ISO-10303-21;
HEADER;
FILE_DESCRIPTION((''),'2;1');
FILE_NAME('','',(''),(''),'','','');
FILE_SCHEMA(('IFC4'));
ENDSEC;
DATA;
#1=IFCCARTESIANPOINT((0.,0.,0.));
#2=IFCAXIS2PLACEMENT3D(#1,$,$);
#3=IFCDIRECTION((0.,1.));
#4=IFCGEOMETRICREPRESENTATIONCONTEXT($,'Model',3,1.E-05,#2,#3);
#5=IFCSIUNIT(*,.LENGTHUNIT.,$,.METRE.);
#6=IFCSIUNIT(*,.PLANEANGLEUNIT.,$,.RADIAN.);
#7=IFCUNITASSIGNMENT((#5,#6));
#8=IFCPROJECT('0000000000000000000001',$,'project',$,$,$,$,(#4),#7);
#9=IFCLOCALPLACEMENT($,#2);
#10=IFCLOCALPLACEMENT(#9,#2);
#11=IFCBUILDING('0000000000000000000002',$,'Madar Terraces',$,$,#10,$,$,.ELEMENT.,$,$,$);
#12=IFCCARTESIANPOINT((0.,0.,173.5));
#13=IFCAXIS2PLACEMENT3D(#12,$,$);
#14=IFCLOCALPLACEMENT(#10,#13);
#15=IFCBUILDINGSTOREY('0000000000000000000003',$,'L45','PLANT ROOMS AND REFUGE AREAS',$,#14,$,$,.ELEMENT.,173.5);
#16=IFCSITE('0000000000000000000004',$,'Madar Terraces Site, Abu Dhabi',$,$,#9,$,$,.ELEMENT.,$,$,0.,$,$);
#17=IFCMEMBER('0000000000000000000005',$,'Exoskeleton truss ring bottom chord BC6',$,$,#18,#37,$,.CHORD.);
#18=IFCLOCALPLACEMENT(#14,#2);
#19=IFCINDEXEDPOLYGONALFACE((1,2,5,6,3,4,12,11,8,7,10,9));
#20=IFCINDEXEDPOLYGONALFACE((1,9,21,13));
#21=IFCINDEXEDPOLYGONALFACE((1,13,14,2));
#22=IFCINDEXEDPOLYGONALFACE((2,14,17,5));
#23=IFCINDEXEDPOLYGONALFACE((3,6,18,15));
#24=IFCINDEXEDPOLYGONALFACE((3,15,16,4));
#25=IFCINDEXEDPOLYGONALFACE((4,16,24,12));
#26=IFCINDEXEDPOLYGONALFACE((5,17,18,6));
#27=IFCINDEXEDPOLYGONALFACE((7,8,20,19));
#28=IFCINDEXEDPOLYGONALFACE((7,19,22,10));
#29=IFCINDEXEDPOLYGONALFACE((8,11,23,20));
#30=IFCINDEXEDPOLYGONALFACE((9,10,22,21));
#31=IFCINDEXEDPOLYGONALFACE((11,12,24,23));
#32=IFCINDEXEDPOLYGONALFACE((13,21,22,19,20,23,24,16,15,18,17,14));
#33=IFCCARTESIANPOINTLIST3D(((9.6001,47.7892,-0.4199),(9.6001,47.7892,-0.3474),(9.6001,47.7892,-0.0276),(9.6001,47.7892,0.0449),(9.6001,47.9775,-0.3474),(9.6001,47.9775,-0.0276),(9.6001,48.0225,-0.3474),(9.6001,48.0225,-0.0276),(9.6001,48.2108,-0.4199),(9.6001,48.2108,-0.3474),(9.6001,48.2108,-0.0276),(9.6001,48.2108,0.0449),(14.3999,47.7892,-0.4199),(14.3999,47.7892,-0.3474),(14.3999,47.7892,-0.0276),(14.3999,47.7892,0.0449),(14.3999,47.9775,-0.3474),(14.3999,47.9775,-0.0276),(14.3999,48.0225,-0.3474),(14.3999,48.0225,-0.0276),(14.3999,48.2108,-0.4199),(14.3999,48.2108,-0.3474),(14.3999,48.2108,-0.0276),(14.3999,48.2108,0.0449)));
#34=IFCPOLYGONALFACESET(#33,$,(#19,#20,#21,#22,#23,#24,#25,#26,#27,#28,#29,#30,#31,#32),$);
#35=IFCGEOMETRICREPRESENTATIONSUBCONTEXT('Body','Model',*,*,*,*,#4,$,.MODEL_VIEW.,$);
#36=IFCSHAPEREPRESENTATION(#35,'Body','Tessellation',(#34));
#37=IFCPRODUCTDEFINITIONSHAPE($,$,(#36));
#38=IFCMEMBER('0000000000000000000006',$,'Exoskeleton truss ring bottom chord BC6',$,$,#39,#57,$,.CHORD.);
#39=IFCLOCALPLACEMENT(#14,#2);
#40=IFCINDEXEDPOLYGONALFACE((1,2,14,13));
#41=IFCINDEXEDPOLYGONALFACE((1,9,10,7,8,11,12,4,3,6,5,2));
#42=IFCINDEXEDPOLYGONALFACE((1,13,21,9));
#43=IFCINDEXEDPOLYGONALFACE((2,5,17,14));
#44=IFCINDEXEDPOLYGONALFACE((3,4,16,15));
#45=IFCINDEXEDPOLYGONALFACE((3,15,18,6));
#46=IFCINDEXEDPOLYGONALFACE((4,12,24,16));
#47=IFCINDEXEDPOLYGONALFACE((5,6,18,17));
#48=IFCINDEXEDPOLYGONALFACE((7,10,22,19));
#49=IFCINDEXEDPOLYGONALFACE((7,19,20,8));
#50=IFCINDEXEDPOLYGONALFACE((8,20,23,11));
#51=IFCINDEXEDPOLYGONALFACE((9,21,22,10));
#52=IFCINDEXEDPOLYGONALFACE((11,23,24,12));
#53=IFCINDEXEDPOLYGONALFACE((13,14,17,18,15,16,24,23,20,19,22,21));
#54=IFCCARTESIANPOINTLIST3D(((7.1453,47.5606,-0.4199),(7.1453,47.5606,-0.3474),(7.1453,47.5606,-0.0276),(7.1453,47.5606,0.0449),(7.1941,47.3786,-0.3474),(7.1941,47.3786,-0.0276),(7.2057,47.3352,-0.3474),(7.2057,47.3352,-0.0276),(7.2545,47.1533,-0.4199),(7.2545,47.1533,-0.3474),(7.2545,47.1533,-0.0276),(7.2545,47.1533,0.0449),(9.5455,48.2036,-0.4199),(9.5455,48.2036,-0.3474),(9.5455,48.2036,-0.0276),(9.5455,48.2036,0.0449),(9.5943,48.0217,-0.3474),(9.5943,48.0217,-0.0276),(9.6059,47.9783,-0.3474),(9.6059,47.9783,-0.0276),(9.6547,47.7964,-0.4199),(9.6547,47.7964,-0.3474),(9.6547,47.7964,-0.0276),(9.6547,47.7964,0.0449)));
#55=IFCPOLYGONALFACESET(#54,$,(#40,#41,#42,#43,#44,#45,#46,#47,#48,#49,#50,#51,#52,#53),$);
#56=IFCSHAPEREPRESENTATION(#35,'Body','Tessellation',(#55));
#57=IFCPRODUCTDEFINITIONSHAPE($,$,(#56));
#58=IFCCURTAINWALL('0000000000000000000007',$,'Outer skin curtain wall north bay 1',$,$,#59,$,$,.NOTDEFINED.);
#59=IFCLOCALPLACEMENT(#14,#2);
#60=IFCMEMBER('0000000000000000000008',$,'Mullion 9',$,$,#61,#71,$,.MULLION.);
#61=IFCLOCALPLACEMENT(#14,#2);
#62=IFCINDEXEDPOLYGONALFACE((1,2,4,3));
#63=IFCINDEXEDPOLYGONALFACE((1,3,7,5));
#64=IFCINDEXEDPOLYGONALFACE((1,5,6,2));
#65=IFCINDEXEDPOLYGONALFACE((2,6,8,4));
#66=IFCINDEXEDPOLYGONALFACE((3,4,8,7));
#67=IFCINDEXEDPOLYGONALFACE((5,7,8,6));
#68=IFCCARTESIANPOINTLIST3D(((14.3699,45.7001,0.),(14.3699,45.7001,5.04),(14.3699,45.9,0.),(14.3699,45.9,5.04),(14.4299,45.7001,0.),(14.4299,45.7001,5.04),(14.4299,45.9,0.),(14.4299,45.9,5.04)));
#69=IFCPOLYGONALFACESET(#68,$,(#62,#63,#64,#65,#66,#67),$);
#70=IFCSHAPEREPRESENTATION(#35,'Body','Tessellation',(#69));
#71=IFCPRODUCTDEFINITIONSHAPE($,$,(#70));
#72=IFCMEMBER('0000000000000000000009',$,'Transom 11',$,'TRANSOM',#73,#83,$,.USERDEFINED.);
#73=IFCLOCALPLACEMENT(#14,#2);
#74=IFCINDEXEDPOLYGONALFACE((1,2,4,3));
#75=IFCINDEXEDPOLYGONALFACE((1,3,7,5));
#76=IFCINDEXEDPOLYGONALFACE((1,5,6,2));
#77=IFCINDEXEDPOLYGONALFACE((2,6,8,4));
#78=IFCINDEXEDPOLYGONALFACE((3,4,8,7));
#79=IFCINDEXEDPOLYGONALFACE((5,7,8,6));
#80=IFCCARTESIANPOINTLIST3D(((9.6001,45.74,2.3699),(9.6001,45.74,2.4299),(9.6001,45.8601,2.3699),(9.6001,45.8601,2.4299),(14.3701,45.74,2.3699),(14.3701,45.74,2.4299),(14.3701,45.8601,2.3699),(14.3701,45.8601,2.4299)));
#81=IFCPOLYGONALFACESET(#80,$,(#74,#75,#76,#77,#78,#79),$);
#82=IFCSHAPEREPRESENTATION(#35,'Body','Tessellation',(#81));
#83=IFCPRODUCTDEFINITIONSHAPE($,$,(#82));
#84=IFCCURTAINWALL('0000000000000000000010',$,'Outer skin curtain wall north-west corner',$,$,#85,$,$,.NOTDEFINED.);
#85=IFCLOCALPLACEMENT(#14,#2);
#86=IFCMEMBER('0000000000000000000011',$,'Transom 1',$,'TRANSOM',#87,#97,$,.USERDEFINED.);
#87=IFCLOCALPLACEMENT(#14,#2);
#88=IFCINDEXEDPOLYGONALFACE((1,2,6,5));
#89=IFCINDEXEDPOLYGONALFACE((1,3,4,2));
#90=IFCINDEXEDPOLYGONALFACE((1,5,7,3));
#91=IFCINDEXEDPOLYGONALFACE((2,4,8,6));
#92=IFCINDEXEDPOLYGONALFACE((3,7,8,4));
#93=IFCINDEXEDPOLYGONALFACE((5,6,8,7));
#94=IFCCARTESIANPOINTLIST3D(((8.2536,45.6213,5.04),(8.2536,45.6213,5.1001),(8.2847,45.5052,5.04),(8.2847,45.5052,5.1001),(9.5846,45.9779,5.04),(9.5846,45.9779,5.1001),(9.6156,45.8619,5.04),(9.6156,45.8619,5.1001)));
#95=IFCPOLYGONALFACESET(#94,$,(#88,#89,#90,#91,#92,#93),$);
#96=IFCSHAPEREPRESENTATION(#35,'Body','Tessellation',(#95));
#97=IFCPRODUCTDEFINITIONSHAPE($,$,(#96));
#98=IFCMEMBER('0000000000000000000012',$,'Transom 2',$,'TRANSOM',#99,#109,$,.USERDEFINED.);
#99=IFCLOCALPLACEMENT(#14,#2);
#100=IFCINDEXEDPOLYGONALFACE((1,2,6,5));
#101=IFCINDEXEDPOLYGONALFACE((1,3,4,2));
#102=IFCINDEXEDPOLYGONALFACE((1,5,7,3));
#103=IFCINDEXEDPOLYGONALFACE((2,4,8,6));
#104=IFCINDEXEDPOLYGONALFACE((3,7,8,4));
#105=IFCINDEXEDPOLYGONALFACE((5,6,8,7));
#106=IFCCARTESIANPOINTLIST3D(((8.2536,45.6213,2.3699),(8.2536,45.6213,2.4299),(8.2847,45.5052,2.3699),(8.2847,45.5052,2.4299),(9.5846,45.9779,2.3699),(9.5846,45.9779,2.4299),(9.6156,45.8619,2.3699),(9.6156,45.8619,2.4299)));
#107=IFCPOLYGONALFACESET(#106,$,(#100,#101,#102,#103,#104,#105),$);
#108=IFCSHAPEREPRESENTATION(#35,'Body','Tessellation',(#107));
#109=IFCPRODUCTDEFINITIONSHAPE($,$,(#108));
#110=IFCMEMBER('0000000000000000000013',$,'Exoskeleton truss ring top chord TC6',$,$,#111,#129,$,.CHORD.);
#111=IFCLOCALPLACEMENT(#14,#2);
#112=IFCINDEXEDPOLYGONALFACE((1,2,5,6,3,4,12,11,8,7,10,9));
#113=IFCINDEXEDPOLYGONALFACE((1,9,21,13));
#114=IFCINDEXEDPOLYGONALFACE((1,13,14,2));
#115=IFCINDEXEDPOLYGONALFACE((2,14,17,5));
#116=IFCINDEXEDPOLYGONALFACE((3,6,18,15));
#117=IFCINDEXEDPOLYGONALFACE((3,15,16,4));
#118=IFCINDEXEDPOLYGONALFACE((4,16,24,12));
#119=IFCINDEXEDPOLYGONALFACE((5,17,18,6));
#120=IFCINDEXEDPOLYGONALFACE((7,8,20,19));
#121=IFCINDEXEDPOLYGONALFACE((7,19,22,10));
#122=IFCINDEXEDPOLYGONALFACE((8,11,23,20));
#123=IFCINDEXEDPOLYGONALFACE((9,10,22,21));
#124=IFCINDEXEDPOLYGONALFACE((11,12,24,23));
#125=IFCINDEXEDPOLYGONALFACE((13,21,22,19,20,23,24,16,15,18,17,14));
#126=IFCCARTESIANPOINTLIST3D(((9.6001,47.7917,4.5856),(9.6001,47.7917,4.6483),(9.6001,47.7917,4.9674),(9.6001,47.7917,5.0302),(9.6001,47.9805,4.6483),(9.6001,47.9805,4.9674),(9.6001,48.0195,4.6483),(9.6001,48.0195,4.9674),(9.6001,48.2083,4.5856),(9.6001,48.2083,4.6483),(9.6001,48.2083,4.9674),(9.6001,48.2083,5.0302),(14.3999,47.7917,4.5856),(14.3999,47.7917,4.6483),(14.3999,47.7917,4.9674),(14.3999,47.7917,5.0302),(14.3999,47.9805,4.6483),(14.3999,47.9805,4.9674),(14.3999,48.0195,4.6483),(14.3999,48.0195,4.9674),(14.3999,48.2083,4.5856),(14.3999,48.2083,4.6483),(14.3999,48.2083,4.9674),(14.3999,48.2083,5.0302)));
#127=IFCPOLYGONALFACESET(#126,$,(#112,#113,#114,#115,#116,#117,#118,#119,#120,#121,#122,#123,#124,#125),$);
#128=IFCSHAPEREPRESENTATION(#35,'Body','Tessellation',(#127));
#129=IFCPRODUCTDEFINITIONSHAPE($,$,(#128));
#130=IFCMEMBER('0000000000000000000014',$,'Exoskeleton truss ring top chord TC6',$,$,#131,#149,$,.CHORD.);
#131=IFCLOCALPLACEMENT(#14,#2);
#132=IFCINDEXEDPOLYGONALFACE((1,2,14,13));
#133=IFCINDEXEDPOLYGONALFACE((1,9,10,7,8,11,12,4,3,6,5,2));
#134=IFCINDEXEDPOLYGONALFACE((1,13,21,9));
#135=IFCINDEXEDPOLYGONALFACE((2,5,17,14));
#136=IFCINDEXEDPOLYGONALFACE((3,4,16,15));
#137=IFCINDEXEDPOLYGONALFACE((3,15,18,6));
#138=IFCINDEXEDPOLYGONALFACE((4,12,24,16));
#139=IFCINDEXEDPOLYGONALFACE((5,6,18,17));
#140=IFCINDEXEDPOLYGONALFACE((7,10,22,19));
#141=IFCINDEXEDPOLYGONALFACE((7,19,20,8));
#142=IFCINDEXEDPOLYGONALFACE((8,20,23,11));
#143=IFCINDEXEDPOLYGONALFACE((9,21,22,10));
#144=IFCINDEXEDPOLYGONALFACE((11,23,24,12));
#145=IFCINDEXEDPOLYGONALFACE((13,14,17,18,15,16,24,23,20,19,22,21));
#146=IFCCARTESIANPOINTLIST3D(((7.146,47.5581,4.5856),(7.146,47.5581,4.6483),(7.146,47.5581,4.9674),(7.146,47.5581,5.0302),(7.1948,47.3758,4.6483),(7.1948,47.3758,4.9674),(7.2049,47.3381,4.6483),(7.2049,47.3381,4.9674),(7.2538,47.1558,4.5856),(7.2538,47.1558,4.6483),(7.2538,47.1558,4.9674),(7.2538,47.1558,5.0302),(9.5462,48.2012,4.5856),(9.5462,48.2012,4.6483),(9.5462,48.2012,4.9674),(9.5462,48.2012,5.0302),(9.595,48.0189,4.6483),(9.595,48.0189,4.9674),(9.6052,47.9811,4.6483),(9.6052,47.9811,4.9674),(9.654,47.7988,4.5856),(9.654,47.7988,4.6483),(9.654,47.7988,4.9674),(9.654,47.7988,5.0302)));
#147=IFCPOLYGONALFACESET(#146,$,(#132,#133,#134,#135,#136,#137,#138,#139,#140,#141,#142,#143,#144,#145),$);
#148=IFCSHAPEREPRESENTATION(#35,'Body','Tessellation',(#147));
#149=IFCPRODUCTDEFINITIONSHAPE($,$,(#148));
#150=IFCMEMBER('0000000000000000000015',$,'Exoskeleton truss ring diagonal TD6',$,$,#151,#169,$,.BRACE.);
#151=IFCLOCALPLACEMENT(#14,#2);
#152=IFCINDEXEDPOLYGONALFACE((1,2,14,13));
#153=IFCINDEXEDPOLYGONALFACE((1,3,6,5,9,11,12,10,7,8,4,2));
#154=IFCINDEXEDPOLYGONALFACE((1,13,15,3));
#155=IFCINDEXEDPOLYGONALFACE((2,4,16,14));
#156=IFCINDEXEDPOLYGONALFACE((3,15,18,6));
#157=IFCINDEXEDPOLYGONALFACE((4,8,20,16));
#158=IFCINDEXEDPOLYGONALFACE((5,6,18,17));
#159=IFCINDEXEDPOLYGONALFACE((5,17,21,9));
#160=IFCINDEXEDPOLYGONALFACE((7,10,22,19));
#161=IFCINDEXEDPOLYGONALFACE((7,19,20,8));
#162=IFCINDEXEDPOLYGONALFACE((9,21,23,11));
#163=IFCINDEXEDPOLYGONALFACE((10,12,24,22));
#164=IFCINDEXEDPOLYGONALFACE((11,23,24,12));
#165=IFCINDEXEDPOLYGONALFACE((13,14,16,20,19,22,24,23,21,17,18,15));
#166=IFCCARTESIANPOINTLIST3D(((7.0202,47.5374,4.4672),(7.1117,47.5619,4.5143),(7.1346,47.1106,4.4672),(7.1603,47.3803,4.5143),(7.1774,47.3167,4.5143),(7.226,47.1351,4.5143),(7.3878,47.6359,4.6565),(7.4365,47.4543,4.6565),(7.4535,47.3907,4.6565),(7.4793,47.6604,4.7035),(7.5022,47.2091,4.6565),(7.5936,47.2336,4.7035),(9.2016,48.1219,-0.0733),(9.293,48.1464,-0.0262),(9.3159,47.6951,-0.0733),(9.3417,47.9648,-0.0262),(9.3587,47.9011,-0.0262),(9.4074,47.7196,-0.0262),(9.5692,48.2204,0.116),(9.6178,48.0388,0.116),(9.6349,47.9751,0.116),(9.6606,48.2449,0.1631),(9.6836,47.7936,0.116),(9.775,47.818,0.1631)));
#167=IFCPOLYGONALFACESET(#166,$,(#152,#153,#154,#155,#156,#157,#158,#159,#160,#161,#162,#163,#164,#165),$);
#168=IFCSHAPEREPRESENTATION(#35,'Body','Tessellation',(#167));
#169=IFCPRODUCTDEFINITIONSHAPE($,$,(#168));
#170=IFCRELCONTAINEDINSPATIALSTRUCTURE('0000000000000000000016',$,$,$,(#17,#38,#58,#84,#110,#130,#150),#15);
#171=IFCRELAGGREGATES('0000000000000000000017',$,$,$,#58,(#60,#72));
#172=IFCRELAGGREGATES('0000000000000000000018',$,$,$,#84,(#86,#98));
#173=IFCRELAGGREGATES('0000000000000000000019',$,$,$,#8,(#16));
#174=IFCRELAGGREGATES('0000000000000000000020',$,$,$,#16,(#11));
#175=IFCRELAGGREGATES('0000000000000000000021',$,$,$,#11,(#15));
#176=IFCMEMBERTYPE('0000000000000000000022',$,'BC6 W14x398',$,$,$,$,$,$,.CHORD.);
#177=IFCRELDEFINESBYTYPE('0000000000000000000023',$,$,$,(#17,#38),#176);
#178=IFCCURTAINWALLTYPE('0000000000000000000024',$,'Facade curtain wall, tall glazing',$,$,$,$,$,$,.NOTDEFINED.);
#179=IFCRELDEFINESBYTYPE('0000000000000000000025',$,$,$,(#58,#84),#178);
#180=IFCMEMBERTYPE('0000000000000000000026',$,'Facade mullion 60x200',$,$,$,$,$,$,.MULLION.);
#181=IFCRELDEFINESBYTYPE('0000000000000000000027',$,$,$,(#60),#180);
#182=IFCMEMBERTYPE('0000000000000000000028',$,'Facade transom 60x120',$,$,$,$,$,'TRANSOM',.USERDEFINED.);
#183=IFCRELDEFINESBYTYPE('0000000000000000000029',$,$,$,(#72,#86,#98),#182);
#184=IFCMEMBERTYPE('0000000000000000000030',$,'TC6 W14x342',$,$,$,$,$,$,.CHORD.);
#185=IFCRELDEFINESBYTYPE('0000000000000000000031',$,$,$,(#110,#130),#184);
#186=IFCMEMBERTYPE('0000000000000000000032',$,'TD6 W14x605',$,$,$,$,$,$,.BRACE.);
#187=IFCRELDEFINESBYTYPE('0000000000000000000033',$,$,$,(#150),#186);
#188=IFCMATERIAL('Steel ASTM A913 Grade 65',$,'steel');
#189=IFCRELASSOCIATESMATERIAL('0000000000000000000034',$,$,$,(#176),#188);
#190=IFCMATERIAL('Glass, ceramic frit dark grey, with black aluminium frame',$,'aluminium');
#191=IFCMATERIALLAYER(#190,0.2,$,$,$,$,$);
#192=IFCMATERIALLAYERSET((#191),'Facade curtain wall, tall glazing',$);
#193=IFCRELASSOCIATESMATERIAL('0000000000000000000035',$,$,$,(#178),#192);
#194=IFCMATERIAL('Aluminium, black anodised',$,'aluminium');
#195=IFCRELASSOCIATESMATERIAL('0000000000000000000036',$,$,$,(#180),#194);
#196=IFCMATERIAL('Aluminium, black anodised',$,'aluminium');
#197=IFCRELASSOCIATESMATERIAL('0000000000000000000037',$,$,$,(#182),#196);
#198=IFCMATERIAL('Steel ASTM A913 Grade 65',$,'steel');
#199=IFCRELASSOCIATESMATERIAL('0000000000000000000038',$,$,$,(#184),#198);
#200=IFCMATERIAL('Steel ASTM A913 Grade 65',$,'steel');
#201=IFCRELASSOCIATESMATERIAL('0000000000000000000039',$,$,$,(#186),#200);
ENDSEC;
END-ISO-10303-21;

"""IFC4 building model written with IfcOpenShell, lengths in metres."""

from ifc_helpers import new_model, si_unit, direction, frame, origin, origin_2d, place, context, subcontext, project, spatial, rectangle, i_section, extrude, material, layer, layer_set, material_profile, profile_set, type_object, element, aggregate, save


model = new_model("IFC4")

# Units and contexts
model_context = context("Model", 3, precision=1e-05, world=origin(), true_north=direction((0.0, 1.0)))
body_context = subcontext(model_context, "Body", "Model", "MODEL_VIEW")
ifc_project = project(units=[si_unit("LENGTHUNIT", "METRE"), si_unit("PLANEANGLEUNIT", "RADIAN")], contexts=[model_context])

# Site, building, storey
site_placement = place(None, origin())
site = spatial("IfcSite", under=ifc_project, at=site_placement, Name="Madar Terraces Site, Abu Dhabi", CompositionType="ELEMENT", RefElevation=0.0)
building_placement = place(site_placement, origin())
building = spatial("IfcBuilding", under=site, at=building_placement, Name="Madar Terraces", CompositionType="ELEMENT")
storey_placement = place(building_placement, frame((0.0, 0.0, 173.5)))
storey = spatial("IfcBuildingStorey", under=building, at=storey_placement, Name="L45", Description="PLANT ROOMS AND REFUGE AREAS", CompositionType="ELEMENT", Elevation=173.5)

# Members
ifc_material_1 = material(Name="Steel ASTM A913 Grade 65", Category="steel")
ifc_material_profile_1 = material_profile(ifc_material_1, i_section(OverallWidth=0.4216, OverallDepth=0.4648, WebThickness=0.0449, FlangeThickness=0.0725, at=origin_2d()), Name="W14x398")
ifc_profile_set_1 = profile_set([ifc_material_profile_1], Name="Steel ASTM A913 Grade 65")
member_type_1 = type_object("IfcMemberType", Name="BC6 W14x398", PredefinedType="CHORD", material=ifc_profile_set_1)
member_1_placement = place(storey_placement, frame((14.3999, 48.0, -0.1875), z_axis=(-1.0, 0.0, 0.0), x_axis=(0.0, -1.0, 0.0)))
element("IfcMember", 1, at=member_1_placement, inside=storey, type_object=member_type_1, Name="Exoskeleton truss ring bottom chord BC6", PredefinedType="CHORD", context=body_context, shape_type="SweptSolid", body=[
    extrude(i_section(OverallWidth=0.4216, OverallDepth=0.4648, WebThickness=0.0449, FlangeThickness=0.0725, at=origin_2d()), origin(), (0.0, 0.0, 1.0), 4.7998),
])
member_2_placement = place(storey_placement, frame((9.6001, 48.0, -0.1875), z_axis=(-0.965931, -0.2588, 0.0), x_axis=(0.2588, -0.965931, 0.0)))
element("IfcMember", 2, at=member_2_placement, inside=storey, type_object=member_type_1, Name="Exoskeleton truss ring bottom chord BC6", PredefinedType="CHORD", context=body_context, shape_type="SweptSolid", body=[
    extrude(i_section(OverallWidth=0.4216, OverallDepth=0.4648, WebThickness=0.0449, FlangeThickness=0.0725, at=origin_2d()), origin(), (0.0, 0.0, 1.0), 2.4849),
])

# Curtain walls, members
ifc_material_2 = material(Name="Glass, ceramic frit dark grey, with black aluminium frame", Category="aluminium")
ifc_layer_1 = layer(ifc_material_2, 0.2)
ifc_layer_set_1 = layer_set([ifc_layer_1], Name="Facade curtain wall, tall glazing")
curtain_wall_type = type_object("IfcCurtainWallType", Name="Facade curtain wall, tall glazing", PredefinedType="NOTDEFINED", material=ifc_layer_set_1)
curtain_wall_1_placement = place(storey_placement, origin())
curtain_wall_1 = element("IfcCurtainWall", 3, at=curtain_wall_1_placement, inside=storey, type_object=curtain_wall_type, Name="Outer skin curtain wall north bay 1", PredefinedType="NOTDEFINED")
ifc_material_3 = material(Name="Aluminium, black anodised", Category="aluminium")
ifc_material_profile_2 = material_profile(ifc_material_3, rectangle(XDim=0.2, YDim=0.0601, at=origin_2d()), Name="Facade mullion 60x200")
ifc_profile_set_2 = profile_set([ifc_material_profile_2], Name="Aluminium, black anodised")
member_type_2 = type_object("IfcMemberType", Name="Facade mullion 60x200", PredefinedType="MULLION", material=ifc_profile_set_2)
member_3_placement = place(storey_placement, frame((14.3999, 45.8, 0.0), z_axis=(0.0, 0.0, 1.0), x_axis=(0.0, -1.0, 0.0)))
member_3 = element("IfcMember", 4, at=member_3_placement, type_object=member_type_2, Name="Mullion 9", PredefinedType="MULLION", context=body_context, shape_type="SweptSolid", body=[
    extrude(rectangle(XDim=0.2, YDim=0.0601, at=origin_2d()), origin(), (0.0, 0.0, 1.0), 5.04),
])
ifc_material_4 = material(Name="Aluminium, black anodised", Category="aluminium")
ifc_material_profile_3 = material_profile(ifc_material_4, rectangle(XDim=0.1201, YDim=0.0601, at=origin_2d()), Name="Facade transom 60x120")
ifc_profile_set_3 = profile_set([ifc_material_profile_3], Name="Aluminium, black anodised")
member_type_3 = type_object("IfcMemberType", Name="Facade transom 60x120", ElementType="TRANSOM", PredefinedType="USERDEFINED", material=ifc_profile_set_3)
member_4_placement = place(storey_placement, frame((14.3701, 45.8, 2.3999), z_axis=(-1.0, 0.0, 0.0), x_axis=(0.0, -1.0, 0.0)))
member_4 = element("IfcMember", 5, at=member_4_placement, type_object=member_type_3, Name="Transom 11", ObjectType="TRANSOM", PredefinedType="USERDEFINED", context=body_context, shape_type="SweptSolid", body=[
    extrude(rectangle(XDim=0.1201, YDim=0.0601, at=origin_2d()), origin(), (0.0, 0.0, 1.0), 4.77),
])
curtain_wall_2_placement = place(storey_placement, origin())
curtain_wall_2 = element("IfcCurtainWall", 6, at=curtain_wall_2_placement, inside=storey, type_object=curtain_wall_type, Name="Outer skin curtain wall north-west corner", PredefinedType="NOTDEFINED")
member_5_placement = place(storey_placement, frame((9.6001, 45.9199, 5.0701), z_axis=(-0.96592, -0.258842, 0.0), x_axis=(0.258842, -0.96592, 0.0)))
member_5 = element("IfcMember", 7, at=member_5_placement, type_object=member_type_3, Name="Transom 1", ObjectType="TRANSOM", PredefinedType="USERDEFINED", context=body_context, shape_type="SweptSolid", body=[
    extrude(rectangle(XDim=0.1201, YDim=0.0601, at=origin_2d()), origin(), (0.0, 0.0, 1.0), 1.3779),
])
member_6_placement = place(storey_placement, frame((9.6001, 45.9199, 2.3999), z_axis=(-0.96592, -0.258842, 0.0), x_axis=(0.258842, -0.96592, 0.0)))
member_6 = element("IfcMember", 8, at=member_6_placement, type_object=member_type_3, Name="Transom 2", ObjectType="TRANSOM", PredefinedType="USERDEFINED", context=body_context, shape_type="SweptSolid", body=[
    extrude(rectangle(XDim=0.1201, YDim=0.0601, at=origin_2d()), origin(), (0.0, 0.0, 1.0), 1.3779),
])

# Members
ifc_material_5 = material(Name="Steel ASTM A913 Grade 65", Category="steel")
ifc_material_profile_4 = material_profile(ifc_material_5, i_section(OverallWidth=0.4165, OverallDepth=0.4446, WebThickness=0.0391, FlangeThickness=0.0627, at=origin_2d()), Name="W14x342")
ifc_profile_set_4 = profile_set([ifc_material_profile_4], Name="Steel ASTM A913 Grade 65")
member_type_4 = type_object("IfcMemberType", Name="TC6 W14x342", PredefinedType="CHORD", material=ifc_profile_set_4)
member_7_placement = place(storey_placement, frame((14.3999, 48.0, 4.8079), z_axis=(-1.0, 0.0, 0.0), x_axis=(0.0, -1.0, 0.0)))
element("IfcMember", 9, at=member_7_placement, inside=storey, type_object=member_type_4, Name="Exoskeleton truss ring top chord TC6", PredefinedType="CHORD", context=body_context, shape_type="SweptSolid", body=[
    extrude(i_section(OverallWidth=0.4165, OverallDepth=0.4446, WebThickness=0.0391, FlangeThickness=0.0627, at=origin_2d()), origin(), (0.0, 0.0, 1.0), 4.7998),
])
member_8_placement = place(storey_placement, frame((9.6001, 48.0, 4.8079), z_axis=(-0.965931, -0.2588, 0.0), x_axis=(0.2588, -0.965931, 0.0)))
element("IfcMember", 10, at=member_8_placement, inside=storey, type_object=member_type_4, Name="Exoskeleton truss ring top chord TC6", PredefinedType="CHORD", context=body_context, shape_type="SweptSolid", body=[
    extrude(i_section(OverallWidth=0.4165, OverallDepth=0.4446, WebThickness=0.0391, FlangeThickness=0.0627, at=origin_2d()), origin(), (0.0, 0.0, 1.0), 2.4849),
])
ifc_material_6 = material(Name="Steel ASTM A913 Grade 65", Category="steel")
ifc_material_profile_5 = material_profile(ifc_material_6, i_section(OverallWidth=0.4419, OverallDepth=0.5308, WebThickness=0.0659, FlangeThickness=0.1057, at=origin_2d()), Name="W14x605")
ifc_profile_set_5 = profile_set([ifc_material_profile_5], Name="Steel ASTM A913 Grade 65")
member_type_5 = type_object("IfcMemberType", Name="TD6 W14x605", PredefinedType="BRACE", material=ifc_profile_set_5)
member_9_placement = place(storey_placement, frame((9.4883, 47.97, 0.0449), z_axis=(-0.430159, -0.115255, 0.895366), x_axis=(0.258806, -0.965929, 0.0)))
element("IfcMember", 11, at=member_9_placement, inside=storey, type_object=member_type_5, Name="Exoskeleton truss ring diagonal TD6", PredefinedType="BRACE", context=body_context, shape_type="SweptSolid", body=[
    extrude(i_section(OverallWidth=0.4419, OverallDepth=0.5308, WebThickness=0.0659, FlangeThickness=0.1057, at=origin_2d()), origin(), (0.0, 0.0, 1.0), 5.071),
])

aggregate(curtain_wall_1, [member_3, member_4])
aggregate(curtain_wall_2, [member_5, member_6])

save(model, "model.ifc")
